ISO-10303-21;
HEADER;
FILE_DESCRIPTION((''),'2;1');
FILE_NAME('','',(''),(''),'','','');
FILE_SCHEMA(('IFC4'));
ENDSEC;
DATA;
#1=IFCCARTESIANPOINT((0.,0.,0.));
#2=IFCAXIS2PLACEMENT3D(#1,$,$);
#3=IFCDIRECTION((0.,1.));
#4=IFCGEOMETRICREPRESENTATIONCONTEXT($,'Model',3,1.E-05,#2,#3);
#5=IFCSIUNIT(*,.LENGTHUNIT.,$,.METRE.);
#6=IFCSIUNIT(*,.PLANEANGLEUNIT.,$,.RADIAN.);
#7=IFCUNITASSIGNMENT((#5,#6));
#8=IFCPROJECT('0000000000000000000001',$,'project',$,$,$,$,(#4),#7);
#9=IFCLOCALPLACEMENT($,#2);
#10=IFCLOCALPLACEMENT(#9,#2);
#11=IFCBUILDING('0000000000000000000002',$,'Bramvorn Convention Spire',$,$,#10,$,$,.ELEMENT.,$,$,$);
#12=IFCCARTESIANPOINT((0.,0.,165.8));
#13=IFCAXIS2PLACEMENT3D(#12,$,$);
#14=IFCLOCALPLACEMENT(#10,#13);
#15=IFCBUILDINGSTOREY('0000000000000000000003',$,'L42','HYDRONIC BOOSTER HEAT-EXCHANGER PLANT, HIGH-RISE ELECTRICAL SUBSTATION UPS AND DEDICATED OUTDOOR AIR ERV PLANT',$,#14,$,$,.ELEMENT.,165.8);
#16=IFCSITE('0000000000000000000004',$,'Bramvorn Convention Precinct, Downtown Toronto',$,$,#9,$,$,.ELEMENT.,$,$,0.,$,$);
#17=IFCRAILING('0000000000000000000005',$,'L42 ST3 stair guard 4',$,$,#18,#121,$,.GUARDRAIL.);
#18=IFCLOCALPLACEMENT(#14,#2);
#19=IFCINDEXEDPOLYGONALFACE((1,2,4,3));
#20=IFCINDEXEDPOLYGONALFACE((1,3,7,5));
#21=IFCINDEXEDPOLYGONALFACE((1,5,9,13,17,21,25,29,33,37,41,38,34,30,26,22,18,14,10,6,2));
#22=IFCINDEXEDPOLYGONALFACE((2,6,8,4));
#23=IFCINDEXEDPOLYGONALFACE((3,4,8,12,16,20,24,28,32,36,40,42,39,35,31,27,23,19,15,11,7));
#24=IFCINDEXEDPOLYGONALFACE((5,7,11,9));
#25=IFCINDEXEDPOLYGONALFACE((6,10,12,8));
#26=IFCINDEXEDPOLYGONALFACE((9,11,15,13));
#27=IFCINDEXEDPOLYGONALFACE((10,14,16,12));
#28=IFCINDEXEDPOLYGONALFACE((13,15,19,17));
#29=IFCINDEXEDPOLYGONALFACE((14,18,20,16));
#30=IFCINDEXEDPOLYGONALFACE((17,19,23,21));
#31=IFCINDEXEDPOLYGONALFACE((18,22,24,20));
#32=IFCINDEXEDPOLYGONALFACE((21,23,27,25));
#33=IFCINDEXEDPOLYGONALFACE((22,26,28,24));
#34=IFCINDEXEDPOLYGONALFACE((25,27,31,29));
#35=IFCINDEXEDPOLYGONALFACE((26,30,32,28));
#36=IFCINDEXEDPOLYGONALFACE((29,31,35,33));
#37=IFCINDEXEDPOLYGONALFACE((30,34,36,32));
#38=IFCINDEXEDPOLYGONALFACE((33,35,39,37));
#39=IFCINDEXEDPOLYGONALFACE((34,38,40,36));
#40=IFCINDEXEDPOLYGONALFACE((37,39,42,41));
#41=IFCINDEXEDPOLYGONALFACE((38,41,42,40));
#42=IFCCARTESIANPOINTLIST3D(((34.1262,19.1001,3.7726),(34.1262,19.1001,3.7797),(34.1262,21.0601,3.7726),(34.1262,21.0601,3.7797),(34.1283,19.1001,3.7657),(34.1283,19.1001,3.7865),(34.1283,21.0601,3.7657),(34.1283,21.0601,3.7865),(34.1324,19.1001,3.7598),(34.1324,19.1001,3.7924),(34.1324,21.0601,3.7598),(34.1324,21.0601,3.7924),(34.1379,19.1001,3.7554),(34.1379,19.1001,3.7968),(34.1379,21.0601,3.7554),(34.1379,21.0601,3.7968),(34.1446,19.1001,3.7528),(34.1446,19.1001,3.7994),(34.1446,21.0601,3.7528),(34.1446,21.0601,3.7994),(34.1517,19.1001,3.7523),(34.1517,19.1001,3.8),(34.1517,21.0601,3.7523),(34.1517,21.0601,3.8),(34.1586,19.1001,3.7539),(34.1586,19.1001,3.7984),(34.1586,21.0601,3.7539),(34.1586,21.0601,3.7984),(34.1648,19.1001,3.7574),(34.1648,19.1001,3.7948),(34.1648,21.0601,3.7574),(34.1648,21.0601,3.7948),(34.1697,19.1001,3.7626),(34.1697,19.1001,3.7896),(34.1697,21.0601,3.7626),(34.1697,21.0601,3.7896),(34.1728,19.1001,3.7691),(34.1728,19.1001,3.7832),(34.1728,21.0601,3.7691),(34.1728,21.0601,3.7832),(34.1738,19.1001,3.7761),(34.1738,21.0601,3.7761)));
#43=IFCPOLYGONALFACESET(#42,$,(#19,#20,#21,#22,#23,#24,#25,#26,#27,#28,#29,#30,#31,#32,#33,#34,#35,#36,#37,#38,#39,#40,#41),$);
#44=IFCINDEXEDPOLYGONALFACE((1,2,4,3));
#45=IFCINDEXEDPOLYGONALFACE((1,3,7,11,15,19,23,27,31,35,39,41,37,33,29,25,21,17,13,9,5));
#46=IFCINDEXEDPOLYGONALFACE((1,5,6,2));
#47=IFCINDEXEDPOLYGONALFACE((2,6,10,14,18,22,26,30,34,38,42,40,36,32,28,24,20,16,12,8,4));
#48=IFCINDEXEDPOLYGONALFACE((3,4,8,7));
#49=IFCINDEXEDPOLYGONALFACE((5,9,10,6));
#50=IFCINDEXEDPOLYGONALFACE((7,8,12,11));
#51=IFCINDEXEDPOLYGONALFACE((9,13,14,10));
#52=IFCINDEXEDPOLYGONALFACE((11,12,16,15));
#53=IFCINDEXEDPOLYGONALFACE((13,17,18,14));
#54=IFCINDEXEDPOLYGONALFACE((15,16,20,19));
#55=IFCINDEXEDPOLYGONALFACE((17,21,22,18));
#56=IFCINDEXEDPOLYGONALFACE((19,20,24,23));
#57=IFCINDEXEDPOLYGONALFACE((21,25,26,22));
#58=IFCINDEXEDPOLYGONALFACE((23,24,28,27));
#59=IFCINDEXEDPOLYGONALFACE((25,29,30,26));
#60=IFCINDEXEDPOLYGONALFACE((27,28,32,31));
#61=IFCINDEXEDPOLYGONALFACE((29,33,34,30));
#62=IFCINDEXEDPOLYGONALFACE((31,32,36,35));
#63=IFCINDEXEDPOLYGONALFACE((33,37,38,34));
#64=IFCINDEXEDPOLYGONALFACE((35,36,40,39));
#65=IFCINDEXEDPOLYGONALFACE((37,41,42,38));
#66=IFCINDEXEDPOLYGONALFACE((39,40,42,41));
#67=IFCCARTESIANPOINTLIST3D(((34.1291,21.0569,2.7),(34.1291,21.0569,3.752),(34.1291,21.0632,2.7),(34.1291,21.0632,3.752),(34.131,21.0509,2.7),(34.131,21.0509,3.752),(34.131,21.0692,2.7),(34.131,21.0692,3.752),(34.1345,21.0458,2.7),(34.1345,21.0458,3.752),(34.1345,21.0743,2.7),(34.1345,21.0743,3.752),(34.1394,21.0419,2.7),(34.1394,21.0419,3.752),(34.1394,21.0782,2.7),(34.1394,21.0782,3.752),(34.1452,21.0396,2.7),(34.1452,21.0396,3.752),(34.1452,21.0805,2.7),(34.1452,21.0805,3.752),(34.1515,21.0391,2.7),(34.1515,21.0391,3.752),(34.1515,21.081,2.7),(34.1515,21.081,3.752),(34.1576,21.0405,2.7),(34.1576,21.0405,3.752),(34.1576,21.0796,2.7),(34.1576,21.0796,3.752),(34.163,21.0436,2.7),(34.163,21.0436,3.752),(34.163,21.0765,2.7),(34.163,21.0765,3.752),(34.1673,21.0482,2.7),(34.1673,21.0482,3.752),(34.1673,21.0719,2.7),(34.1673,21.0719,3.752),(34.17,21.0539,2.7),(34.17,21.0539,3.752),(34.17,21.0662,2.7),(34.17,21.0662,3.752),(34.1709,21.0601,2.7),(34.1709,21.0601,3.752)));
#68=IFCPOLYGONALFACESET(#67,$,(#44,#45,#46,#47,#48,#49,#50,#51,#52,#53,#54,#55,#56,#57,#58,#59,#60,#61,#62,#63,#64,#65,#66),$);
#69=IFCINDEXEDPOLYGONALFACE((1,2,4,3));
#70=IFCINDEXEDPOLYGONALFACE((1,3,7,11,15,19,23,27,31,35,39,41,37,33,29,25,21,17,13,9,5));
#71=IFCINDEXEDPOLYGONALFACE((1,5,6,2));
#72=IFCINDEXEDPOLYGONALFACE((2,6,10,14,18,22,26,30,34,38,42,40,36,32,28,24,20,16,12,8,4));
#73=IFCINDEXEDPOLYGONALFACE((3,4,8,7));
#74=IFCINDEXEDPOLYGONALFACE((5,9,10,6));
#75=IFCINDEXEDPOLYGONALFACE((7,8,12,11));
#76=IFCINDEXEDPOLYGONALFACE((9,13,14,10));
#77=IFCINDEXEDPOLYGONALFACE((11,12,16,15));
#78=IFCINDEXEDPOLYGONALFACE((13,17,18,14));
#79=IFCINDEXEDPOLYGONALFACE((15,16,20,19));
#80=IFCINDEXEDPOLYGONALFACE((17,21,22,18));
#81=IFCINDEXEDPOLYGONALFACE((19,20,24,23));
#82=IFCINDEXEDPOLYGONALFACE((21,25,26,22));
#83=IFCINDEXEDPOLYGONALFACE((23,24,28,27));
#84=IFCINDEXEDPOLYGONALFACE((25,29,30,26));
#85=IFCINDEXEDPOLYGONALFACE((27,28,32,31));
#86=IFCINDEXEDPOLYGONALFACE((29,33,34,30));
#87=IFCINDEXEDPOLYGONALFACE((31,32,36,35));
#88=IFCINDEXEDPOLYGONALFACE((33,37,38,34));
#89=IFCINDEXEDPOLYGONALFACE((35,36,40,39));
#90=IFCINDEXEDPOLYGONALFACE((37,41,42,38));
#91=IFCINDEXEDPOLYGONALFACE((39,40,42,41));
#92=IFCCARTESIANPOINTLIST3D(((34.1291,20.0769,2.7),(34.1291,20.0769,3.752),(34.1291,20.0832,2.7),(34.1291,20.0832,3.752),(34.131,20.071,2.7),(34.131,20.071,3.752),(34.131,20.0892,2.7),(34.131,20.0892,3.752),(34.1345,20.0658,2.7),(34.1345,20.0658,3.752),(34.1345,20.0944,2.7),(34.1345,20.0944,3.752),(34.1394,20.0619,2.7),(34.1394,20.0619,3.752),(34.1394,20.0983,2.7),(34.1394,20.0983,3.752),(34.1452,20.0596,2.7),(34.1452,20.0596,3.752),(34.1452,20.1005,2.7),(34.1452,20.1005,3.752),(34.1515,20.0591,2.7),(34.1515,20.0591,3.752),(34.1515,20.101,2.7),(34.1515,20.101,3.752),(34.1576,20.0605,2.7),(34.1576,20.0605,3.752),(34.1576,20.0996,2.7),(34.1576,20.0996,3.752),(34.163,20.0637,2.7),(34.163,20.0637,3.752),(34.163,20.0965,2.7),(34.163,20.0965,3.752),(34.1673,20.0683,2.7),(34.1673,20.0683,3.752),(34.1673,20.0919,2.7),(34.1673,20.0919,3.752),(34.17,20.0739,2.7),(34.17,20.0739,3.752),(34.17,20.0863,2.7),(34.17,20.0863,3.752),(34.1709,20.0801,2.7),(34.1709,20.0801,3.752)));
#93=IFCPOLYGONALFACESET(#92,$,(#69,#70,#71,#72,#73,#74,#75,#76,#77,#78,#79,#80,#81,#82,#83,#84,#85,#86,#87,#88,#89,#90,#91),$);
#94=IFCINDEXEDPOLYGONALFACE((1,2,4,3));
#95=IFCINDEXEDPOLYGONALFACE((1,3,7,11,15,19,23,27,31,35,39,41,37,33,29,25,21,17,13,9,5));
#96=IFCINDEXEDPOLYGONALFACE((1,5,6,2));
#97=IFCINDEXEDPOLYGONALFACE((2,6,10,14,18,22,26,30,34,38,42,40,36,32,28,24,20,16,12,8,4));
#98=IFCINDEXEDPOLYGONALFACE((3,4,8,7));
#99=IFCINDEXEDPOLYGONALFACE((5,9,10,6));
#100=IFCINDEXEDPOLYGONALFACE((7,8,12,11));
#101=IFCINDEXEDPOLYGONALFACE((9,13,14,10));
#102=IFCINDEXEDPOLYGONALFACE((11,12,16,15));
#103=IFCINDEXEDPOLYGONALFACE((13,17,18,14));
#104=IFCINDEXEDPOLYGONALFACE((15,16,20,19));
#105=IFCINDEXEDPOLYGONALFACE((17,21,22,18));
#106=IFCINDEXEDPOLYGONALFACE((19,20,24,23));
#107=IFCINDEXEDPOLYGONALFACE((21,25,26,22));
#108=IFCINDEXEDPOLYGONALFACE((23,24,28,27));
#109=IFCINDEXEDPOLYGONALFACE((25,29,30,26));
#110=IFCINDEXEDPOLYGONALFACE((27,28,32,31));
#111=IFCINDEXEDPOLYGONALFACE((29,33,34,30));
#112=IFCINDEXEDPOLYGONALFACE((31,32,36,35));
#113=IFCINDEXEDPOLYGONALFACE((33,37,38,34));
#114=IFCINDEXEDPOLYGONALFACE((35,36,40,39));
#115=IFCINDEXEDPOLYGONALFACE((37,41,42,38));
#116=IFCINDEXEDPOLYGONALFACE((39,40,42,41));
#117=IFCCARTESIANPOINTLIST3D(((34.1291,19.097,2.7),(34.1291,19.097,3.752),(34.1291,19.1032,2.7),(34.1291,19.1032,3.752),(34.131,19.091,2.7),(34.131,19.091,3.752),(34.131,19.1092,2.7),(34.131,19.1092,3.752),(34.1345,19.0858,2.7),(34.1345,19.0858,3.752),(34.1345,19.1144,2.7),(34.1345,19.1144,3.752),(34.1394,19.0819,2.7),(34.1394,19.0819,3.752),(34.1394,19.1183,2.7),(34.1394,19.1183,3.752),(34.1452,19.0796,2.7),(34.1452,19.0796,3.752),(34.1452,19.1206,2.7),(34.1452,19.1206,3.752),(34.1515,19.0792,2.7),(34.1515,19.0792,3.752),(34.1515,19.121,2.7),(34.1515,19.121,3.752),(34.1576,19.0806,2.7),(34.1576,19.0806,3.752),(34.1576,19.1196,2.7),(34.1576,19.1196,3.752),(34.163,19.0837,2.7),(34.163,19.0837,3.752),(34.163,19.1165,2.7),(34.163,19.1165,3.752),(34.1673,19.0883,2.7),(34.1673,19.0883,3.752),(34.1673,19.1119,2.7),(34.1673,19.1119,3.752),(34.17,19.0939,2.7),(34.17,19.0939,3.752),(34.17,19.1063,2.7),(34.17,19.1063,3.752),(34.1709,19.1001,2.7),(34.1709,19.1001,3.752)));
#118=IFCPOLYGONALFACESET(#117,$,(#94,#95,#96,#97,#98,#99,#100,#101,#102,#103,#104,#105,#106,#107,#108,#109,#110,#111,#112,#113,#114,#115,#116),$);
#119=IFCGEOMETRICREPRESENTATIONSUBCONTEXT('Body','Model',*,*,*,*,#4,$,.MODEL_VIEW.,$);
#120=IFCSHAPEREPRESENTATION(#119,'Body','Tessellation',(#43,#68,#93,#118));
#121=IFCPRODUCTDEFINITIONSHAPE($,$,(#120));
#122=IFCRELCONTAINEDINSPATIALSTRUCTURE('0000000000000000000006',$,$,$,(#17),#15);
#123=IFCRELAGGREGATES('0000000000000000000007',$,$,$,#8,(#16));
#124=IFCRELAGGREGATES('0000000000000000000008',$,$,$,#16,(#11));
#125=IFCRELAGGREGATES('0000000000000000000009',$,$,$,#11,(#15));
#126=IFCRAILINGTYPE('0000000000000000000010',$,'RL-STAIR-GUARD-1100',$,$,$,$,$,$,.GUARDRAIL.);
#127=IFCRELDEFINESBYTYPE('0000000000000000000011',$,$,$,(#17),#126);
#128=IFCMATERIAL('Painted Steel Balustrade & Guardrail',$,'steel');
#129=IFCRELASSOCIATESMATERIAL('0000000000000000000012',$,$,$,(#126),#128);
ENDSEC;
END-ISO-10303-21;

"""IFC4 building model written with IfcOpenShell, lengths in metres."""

from ifc_helpers import new_model, si_unit, direction, frame, origin, origin_2d, place, context, subcontext, project, spatial, circle, extrude, material, type_object, element, save


model = new_model("IFC4")

# Units and contexts
model_context = context("Model", 3, precision=1e-05, world=origin(), true_north=direction((0.0, 1.0)))
body_context = subcontext(model_context, "Body", "Model", "MODEL_VIEW")
ifc_project = project(units=[si_unit("LENGTHUNIT", "METRE"), si_unit("PLANEANGLEUNIT", "RADIAN")], contexts=[model_context])

# Site, building, storey
site_placement = place(None, origin())
site = spatial("IfcSite", under=ifc_project, at=site_placement, Name="Bramvorn Convention Precinct, Downtown Toronto", CompositionType="ELEMENT", RefElevation=0.0)
building_placement = place(site_placement, origin())
building = spatial("IfcBuilding", under=site, at=building_placement, Name="Bramvorn Convention Spire", CompositionType="ELEMENT")
storey_placement = place(building_placement, frame((0.0, 0.0, 165.8)))
storey = spatial("IfcBuildingStorey", under=building, at=storey_placement, Name="L42", Description="HYDRONIC BOOSTER HEAT-EXCHANGER PLANT, HIGH-RISE ELECTRICAL SUBSTATION UPS AND DEDICATED OUTDOOR AIR ERV PLANT", CompositionType="ELEMENT", Elevation=165.8)

# Railing
ifc_material_1 = material(Name="Painted Steel Balustrade & Guardrail", Category="steel")
railing_type_1 = type_object("IfcRailingType", Name="RL-STAIR-GUARD-1100", PredefinedType="GUARDRAIL", material=ifc_material_1)
for number, where, name in (
    (1, (34.1499, 21.0601, 2.7), "L42 ST3 stair guard 4"),
):
    element("IfcRailing", number, at=place(storey_placement, frame(where)), inside=storey, type_object=railing_type_1, Name=name, PredefinedType="GUARDRAIL", context=body_context, shape_type="SweptSolid", body=[
        extrude(circle(Radius=0.0239, at=origin_2d()), frame((0.0, 0.0, 1.0762), z_axis=(0.0, -1.0, 0.0), x_axis=(1.0, 0.0, 0.0)), (0.0, 0.0, 1.0), 1.96),
        extrude(circle(Radius=0.021, at=origin_2d()), origin(), (0.0, 0.0, 1.0), 1.052),
        extrude(circle(Radius=0.021, at=origin_2d()), frame((0.0, -0.98, 0.0)), (0.0, 0.0, 1.0), 1.052),
        extrude(circle(Radius=0.021, at=origin_2d()), frame((0.0, -1.96, 0.0)), (0.0, 0.0, 1.0), 1.052),
    ])

save(model, "model.ifc")
